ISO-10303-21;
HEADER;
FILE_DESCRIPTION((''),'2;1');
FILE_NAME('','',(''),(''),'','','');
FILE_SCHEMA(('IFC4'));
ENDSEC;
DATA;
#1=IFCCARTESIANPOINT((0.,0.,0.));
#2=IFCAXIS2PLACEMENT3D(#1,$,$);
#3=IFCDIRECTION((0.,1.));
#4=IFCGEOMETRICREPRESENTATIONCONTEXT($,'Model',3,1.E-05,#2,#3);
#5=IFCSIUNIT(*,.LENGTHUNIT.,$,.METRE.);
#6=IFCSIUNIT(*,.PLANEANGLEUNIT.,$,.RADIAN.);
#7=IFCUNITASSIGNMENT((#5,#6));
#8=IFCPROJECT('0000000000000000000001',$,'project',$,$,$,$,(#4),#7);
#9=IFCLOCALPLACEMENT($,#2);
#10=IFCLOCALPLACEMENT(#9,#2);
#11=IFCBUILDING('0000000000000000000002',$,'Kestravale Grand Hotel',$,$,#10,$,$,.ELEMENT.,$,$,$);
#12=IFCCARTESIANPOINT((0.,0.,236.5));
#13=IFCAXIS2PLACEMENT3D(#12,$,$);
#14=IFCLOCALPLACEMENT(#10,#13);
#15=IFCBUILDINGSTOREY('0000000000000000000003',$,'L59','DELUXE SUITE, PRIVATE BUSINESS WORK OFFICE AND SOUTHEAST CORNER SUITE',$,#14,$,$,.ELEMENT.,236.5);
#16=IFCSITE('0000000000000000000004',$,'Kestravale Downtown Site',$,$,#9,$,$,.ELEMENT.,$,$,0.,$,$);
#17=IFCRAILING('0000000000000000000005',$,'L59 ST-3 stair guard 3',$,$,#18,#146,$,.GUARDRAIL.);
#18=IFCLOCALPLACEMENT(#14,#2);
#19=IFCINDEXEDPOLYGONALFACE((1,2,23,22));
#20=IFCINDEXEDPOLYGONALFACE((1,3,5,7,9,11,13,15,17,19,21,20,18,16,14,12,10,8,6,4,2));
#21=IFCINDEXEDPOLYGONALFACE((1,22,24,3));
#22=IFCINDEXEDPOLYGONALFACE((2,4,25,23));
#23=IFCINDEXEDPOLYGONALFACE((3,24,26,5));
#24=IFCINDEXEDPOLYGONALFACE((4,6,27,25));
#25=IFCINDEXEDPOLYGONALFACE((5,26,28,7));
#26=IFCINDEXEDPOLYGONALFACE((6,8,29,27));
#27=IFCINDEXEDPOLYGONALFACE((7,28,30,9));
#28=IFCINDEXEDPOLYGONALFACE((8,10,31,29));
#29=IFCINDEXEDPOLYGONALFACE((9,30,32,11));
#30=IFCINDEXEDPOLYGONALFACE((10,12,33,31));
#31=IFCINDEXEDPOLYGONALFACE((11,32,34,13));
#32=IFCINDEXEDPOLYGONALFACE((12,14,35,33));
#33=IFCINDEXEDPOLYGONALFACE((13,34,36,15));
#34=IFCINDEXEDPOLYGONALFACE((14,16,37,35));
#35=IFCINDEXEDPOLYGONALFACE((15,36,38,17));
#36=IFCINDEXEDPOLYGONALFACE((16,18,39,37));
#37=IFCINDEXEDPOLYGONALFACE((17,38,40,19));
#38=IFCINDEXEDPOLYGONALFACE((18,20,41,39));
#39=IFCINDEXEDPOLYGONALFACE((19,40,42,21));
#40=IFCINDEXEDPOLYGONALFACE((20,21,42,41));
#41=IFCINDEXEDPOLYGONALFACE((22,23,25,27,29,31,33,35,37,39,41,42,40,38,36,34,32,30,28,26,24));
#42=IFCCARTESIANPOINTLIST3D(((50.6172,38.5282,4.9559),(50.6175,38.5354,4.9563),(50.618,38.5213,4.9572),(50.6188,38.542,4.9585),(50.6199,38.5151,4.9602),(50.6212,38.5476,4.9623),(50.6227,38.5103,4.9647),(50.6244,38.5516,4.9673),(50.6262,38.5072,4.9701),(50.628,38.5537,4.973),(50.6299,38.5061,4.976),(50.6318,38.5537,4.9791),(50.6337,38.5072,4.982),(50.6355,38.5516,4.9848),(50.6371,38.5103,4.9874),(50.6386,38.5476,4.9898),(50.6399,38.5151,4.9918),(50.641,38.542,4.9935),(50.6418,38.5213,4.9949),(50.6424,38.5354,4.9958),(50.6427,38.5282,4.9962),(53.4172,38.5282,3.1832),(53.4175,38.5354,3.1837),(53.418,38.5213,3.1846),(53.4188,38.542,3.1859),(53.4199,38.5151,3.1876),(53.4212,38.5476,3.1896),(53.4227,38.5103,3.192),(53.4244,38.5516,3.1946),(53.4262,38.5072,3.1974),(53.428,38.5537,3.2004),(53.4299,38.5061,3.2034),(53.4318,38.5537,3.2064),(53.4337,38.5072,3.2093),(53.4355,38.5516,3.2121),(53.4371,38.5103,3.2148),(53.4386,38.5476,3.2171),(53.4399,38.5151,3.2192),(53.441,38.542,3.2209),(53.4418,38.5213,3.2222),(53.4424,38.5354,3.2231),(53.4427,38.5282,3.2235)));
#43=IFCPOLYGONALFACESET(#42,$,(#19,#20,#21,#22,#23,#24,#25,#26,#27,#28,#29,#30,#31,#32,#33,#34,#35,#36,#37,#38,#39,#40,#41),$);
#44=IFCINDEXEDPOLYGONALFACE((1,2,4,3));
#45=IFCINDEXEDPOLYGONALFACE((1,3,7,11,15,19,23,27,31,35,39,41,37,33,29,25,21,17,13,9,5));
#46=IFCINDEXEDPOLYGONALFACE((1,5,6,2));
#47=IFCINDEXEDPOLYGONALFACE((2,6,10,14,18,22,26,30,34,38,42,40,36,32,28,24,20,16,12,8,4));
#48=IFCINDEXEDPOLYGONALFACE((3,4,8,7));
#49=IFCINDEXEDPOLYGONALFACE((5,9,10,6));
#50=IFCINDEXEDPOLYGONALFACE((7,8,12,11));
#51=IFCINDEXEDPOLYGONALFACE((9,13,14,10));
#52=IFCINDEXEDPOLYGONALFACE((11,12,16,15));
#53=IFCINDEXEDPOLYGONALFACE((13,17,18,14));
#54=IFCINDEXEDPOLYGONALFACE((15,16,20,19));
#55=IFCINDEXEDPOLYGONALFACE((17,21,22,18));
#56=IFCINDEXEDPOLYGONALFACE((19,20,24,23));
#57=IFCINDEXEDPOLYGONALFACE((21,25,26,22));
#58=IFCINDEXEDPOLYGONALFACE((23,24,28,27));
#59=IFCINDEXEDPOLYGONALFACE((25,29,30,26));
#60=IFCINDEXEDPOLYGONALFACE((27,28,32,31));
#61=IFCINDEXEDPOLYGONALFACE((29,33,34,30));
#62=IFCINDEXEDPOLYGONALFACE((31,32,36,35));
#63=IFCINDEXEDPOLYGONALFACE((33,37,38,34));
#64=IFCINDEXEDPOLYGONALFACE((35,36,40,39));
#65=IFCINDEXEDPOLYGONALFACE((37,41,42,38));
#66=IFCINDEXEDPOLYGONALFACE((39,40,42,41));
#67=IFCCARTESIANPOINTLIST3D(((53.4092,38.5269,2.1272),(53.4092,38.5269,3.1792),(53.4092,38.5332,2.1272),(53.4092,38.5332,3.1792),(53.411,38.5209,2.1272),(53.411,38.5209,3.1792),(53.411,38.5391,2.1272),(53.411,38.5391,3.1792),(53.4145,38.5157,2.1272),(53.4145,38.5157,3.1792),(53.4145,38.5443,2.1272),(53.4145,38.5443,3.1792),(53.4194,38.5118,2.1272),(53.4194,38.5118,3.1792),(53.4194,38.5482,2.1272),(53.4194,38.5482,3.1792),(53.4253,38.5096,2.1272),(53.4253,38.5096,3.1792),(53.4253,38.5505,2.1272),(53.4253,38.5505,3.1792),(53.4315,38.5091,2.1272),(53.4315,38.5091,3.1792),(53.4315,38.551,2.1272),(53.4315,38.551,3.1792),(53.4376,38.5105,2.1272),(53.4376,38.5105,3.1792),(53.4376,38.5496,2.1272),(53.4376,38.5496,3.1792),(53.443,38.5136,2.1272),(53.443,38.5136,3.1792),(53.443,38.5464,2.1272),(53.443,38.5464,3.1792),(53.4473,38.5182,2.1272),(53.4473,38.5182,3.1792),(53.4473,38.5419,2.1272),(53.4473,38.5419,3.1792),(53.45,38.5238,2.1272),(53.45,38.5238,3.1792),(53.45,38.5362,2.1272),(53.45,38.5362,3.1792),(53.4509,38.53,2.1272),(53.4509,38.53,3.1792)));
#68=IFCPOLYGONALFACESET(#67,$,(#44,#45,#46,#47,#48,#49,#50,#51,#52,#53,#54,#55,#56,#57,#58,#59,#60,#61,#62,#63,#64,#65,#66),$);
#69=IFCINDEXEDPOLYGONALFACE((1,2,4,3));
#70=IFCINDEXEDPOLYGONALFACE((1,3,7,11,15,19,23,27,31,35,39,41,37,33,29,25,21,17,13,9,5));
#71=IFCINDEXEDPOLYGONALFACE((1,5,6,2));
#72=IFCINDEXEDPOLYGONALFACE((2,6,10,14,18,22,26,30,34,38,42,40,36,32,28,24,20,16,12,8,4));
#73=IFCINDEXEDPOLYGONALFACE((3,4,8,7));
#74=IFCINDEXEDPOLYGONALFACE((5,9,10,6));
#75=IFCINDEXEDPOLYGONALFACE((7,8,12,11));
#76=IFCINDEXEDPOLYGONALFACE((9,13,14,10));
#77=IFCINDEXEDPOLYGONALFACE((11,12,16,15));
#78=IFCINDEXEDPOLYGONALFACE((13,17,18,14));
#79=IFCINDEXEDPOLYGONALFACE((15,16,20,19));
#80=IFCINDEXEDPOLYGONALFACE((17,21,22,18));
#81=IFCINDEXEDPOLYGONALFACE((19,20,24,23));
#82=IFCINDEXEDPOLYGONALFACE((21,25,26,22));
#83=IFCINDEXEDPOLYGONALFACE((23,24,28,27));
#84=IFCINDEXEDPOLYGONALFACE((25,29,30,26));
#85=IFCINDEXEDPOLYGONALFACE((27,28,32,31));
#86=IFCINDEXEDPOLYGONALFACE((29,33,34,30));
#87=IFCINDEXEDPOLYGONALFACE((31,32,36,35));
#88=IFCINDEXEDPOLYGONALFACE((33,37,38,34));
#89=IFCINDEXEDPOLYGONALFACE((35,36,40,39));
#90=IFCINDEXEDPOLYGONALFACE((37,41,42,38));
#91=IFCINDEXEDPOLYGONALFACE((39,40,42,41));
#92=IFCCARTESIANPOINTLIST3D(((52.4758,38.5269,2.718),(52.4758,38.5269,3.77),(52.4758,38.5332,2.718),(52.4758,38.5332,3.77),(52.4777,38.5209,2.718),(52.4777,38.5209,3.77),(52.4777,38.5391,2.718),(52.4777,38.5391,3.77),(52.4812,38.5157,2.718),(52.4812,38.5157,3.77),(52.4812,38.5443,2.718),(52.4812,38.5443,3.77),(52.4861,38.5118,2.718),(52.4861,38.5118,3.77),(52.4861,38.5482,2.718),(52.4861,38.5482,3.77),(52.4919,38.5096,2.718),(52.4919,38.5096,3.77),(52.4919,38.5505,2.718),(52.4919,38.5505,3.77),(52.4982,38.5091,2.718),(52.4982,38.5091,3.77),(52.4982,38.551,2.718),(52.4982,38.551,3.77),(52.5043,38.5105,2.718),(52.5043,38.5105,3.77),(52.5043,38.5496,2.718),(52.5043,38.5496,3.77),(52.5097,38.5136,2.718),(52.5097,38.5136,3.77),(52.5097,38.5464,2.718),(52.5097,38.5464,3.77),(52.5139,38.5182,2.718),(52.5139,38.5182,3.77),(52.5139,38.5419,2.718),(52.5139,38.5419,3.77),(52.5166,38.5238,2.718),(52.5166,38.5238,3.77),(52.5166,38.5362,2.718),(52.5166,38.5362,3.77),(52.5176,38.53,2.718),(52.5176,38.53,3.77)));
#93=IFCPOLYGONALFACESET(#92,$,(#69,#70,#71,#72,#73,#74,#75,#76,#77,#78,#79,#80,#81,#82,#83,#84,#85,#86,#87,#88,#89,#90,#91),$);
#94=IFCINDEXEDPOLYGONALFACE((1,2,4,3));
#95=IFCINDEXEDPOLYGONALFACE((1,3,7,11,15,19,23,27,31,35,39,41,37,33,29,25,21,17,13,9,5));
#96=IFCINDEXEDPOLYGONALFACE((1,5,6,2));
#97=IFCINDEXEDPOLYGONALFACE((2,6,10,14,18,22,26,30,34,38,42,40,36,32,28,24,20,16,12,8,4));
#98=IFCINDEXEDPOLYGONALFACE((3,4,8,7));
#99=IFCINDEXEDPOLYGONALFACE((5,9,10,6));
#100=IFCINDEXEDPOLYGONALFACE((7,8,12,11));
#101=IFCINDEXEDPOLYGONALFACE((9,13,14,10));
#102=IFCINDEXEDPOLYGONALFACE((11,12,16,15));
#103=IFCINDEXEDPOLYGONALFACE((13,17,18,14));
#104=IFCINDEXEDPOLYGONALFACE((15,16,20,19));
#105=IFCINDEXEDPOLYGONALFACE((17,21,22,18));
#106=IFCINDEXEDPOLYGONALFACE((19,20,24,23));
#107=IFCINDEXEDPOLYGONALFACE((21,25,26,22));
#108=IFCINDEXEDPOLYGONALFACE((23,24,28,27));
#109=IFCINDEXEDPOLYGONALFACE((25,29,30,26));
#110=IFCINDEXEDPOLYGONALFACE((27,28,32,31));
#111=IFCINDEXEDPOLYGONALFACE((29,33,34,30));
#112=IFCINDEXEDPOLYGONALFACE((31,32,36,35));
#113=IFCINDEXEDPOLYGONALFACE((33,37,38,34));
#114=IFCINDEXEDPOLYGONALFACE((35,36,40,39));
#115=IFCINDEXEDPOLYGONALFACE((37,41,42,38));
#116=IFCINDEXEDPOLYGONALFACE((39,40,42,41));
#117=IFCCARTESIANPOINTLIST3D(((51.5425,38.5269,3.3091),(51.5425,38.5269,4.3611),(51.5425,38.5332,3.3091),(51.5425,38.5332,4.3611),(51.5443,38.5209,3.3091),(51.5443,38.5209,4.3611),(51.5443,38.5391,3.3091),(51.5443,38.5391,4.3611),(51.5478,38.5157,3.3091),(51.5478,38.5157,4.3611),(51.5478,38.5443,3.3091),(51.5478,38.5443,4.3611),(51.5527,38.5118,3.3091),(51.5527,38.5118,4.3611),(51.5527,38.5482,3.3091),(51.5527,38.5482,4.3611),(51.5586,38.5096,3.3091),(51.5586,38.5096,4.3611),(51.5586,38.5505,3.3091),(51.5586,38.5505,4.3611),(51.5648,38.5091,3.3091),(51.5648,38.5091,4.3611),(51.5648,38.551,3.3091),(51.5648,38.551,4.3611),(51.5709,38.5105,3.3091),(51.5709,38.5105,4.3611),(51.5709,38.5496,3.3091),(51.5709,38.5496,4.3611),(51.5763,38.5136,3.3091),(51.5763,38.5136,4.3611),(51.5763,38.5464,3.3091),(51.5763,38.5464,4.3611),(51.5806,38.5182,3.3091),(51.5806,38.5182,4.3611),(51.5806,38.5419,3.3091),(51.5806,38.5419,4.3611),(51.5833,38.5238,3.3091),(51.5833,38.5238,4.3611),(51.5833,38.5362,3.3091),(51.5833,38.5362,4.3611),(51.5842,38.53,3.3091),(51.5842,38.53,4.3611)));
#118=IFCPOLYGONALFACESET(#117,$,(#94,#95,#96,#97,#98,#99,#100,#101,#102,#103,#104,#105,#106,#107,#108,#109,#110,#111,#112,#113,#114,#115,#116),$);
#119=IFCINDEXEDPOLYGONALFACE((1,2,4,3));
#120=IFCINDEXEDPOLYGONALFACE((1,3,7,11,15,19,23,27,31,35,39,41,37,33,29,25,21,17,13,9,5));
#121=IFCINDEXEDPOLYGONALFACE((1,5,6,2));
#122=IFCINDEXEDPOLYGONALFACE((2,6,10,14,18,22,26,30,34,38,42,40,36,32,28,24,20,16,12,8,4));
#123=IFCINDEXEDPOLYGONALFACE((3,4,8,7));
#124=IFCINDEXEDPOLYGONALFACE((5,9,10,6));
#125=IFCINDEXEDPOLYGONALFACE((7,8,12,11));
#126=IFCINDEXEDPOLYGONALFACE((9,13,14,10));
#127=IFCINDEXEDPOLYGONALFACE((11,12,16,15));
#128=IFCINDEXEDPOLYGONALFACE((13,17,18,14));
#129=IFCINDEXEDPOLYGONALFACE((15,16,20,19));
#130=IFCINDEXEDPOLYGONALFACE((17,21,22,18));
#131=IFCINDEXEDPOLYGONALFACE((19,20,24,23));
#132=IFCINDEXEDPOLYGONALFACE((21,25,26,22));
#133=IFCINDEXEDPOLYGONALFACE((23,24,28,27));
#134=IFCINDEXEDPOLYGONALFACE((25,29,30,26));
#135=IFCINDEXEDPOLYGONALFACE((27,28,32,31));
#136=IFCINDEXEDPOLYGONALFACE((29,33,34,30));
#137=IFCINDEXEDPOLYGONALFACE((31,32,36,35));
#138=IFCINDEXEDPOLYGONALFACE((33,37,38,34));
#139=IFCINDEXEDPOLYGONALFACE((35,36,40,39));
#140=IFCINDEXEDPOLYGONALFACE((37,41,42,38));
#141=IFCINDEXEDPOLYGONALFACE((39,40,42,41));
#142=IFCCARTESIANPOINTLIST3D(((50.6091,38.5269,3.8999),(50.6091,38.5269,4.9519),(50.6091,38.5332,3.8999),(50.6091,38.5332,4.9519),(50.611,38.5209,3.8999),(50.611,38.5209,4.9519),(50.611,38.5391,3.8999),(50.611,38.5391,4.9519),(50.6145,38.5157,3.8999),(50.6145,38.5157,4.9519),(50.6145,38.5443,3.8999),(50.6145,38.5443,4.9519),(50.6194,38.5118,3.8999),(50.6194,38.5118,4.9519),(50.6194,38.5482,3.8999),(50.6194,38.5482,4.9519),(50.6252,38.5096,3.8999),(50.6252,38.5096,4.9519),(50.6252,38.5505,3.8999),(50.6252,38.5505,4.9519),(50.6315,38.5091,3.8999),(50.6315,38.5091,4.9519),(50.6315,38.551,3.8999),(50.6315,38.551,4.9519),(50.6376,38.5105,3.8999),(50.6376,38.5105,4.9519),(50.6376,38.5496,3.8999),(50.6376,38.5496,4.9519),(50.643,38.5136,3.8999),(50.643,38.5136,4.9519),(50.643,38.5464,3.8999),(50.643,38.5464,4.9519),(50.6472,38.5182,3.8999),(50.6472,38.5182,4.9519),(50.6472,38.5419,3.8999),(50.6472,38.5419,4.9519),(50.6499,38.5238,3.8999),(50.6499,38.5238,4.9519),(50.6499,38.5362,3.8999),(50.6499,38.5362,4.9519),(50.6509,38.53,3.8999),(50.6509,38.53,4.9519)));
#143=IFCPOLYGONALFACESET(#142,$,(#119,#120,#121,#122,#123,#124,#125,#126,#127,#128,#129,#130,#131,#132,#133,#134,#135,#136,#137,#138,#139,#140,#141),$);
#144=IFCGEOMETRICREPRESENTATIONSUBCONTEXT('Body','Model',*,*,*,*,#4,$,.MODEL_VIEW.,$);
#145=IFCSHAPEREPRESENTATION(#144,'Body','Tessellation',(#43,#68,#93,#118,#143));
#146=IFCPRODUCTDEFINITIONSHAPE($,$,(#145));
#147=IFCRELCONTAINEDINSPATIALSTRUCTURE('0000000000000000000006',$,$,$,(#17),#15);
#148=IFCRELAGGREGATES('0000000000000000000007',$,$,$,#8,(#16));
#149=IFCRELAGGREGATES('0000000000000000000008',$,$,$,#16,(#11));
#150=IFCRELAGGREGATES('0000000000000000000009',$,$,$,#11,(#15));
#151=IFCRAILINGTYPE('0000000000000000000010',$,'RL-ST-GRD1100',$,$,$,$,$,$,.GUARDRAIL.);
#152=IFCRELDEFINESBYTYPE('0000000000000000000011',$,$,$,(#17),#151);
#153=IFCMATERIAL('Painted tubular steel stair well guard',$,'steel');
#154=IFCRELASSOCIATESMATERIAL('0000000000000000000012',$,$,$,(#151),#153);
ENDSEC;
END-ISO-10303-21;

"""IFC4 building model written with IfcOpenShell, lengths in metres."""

from ifc_helpers import new_model, si_unit, direction, frame, origin, origin_2d, place, context, subcontext, project, spatial, circle, extrude, material, type_object, element, save


model = new_model("IFC4")

# Units and contexts
model_context = context("Model", 3, precision=1e-05, world=origin(), true_north=direction((0.0, 1.0)))
body_context = subcontext(model_context, "Body", "Model", "MODEL_VIEW")
ifc_project = project(units=[si_unit("LENGTHUNIT", "METRE"), si_unit("PLANEANGLEUNIT", "RADIAN")], contexts=[model_context])

# Site, building, storey
site_placement = place(None, origin())
site = spatial("IfcSite", under=ifc_project, at=site_placement, Name="Kestravale Downtown Site", CompositionType="ELEMENT", RefElevation=0.0)
building_placement = place(site_placement, origin())
building = spatial("IfcBuilding", under=site, at=building_placement, Name="Kestravale Grand Hotel", CompositionType="ELEMENT")
storey_placement = place(building_placement, frame((0.0, 0.0, 236.5)))
storey = spatial("IfcBuildingStorey", under=building, at=storey_placement, Name="L59", Description="DELUXE SUITE, PRIVATE BUSINESS WORK OFFICE AND SOUTHEAST CORNER SUITE", CompositionType="ELEMENT", Elevation=236.5)

# Railing
ifc_material_1 = material(Name="Painted tubular steel stair well guard", Category="steel")
railing_type_1 = type_object("IfcRailingType", Name="RL-ST-GRD1100", PredefinedType="GUARDRAIL", material=ifc_material_1)
railing_1_placement = place(storey_placement, frame((53.4299, 38.53, 2.1272)))
element("IfcRailing", 1, at=railing_1_placement, inside=storey, type_object=railing_type_1, Name="L59 ST-3 stair guard 3", PredefinedType="GUARDRAIL", context=body_context, shape_type="SweptSolid", body=[
    extrude(circle(Radius=0.0239, at=origin_2d()), frame((0.0, 0.0, 1.0762), z_axis=(-0.844909, 0.0, 0.53491), x_axis=(0.0, -1.0, 0.0)), (0.0, 0.0, 1.0), 3.314),
    extrude(circle(Radius=0.021, at=origin_2d()), origin(), (0.0, 0.0, 1.0), 1.052),
    extrude(circle(Radius=0.021, at=origin_2d()), frame((-0.9333, 0.0, 0.5908)), (0.0, 0.0, 1.0), 1.052),
    extrude(circle(Radius=0.021, at=origin_2d()), frame((-1.8667, 0.0, 1.1819)), (0.0, 0.0, 1.0), 1.052),
    extrude(circle(Radius=0.021, at=origin_2d()), frame((-2.8, 0.0, 1.7727)), (0.0, 0.0, 1.0), 1.052),
])

save(model, "model.ifc")
